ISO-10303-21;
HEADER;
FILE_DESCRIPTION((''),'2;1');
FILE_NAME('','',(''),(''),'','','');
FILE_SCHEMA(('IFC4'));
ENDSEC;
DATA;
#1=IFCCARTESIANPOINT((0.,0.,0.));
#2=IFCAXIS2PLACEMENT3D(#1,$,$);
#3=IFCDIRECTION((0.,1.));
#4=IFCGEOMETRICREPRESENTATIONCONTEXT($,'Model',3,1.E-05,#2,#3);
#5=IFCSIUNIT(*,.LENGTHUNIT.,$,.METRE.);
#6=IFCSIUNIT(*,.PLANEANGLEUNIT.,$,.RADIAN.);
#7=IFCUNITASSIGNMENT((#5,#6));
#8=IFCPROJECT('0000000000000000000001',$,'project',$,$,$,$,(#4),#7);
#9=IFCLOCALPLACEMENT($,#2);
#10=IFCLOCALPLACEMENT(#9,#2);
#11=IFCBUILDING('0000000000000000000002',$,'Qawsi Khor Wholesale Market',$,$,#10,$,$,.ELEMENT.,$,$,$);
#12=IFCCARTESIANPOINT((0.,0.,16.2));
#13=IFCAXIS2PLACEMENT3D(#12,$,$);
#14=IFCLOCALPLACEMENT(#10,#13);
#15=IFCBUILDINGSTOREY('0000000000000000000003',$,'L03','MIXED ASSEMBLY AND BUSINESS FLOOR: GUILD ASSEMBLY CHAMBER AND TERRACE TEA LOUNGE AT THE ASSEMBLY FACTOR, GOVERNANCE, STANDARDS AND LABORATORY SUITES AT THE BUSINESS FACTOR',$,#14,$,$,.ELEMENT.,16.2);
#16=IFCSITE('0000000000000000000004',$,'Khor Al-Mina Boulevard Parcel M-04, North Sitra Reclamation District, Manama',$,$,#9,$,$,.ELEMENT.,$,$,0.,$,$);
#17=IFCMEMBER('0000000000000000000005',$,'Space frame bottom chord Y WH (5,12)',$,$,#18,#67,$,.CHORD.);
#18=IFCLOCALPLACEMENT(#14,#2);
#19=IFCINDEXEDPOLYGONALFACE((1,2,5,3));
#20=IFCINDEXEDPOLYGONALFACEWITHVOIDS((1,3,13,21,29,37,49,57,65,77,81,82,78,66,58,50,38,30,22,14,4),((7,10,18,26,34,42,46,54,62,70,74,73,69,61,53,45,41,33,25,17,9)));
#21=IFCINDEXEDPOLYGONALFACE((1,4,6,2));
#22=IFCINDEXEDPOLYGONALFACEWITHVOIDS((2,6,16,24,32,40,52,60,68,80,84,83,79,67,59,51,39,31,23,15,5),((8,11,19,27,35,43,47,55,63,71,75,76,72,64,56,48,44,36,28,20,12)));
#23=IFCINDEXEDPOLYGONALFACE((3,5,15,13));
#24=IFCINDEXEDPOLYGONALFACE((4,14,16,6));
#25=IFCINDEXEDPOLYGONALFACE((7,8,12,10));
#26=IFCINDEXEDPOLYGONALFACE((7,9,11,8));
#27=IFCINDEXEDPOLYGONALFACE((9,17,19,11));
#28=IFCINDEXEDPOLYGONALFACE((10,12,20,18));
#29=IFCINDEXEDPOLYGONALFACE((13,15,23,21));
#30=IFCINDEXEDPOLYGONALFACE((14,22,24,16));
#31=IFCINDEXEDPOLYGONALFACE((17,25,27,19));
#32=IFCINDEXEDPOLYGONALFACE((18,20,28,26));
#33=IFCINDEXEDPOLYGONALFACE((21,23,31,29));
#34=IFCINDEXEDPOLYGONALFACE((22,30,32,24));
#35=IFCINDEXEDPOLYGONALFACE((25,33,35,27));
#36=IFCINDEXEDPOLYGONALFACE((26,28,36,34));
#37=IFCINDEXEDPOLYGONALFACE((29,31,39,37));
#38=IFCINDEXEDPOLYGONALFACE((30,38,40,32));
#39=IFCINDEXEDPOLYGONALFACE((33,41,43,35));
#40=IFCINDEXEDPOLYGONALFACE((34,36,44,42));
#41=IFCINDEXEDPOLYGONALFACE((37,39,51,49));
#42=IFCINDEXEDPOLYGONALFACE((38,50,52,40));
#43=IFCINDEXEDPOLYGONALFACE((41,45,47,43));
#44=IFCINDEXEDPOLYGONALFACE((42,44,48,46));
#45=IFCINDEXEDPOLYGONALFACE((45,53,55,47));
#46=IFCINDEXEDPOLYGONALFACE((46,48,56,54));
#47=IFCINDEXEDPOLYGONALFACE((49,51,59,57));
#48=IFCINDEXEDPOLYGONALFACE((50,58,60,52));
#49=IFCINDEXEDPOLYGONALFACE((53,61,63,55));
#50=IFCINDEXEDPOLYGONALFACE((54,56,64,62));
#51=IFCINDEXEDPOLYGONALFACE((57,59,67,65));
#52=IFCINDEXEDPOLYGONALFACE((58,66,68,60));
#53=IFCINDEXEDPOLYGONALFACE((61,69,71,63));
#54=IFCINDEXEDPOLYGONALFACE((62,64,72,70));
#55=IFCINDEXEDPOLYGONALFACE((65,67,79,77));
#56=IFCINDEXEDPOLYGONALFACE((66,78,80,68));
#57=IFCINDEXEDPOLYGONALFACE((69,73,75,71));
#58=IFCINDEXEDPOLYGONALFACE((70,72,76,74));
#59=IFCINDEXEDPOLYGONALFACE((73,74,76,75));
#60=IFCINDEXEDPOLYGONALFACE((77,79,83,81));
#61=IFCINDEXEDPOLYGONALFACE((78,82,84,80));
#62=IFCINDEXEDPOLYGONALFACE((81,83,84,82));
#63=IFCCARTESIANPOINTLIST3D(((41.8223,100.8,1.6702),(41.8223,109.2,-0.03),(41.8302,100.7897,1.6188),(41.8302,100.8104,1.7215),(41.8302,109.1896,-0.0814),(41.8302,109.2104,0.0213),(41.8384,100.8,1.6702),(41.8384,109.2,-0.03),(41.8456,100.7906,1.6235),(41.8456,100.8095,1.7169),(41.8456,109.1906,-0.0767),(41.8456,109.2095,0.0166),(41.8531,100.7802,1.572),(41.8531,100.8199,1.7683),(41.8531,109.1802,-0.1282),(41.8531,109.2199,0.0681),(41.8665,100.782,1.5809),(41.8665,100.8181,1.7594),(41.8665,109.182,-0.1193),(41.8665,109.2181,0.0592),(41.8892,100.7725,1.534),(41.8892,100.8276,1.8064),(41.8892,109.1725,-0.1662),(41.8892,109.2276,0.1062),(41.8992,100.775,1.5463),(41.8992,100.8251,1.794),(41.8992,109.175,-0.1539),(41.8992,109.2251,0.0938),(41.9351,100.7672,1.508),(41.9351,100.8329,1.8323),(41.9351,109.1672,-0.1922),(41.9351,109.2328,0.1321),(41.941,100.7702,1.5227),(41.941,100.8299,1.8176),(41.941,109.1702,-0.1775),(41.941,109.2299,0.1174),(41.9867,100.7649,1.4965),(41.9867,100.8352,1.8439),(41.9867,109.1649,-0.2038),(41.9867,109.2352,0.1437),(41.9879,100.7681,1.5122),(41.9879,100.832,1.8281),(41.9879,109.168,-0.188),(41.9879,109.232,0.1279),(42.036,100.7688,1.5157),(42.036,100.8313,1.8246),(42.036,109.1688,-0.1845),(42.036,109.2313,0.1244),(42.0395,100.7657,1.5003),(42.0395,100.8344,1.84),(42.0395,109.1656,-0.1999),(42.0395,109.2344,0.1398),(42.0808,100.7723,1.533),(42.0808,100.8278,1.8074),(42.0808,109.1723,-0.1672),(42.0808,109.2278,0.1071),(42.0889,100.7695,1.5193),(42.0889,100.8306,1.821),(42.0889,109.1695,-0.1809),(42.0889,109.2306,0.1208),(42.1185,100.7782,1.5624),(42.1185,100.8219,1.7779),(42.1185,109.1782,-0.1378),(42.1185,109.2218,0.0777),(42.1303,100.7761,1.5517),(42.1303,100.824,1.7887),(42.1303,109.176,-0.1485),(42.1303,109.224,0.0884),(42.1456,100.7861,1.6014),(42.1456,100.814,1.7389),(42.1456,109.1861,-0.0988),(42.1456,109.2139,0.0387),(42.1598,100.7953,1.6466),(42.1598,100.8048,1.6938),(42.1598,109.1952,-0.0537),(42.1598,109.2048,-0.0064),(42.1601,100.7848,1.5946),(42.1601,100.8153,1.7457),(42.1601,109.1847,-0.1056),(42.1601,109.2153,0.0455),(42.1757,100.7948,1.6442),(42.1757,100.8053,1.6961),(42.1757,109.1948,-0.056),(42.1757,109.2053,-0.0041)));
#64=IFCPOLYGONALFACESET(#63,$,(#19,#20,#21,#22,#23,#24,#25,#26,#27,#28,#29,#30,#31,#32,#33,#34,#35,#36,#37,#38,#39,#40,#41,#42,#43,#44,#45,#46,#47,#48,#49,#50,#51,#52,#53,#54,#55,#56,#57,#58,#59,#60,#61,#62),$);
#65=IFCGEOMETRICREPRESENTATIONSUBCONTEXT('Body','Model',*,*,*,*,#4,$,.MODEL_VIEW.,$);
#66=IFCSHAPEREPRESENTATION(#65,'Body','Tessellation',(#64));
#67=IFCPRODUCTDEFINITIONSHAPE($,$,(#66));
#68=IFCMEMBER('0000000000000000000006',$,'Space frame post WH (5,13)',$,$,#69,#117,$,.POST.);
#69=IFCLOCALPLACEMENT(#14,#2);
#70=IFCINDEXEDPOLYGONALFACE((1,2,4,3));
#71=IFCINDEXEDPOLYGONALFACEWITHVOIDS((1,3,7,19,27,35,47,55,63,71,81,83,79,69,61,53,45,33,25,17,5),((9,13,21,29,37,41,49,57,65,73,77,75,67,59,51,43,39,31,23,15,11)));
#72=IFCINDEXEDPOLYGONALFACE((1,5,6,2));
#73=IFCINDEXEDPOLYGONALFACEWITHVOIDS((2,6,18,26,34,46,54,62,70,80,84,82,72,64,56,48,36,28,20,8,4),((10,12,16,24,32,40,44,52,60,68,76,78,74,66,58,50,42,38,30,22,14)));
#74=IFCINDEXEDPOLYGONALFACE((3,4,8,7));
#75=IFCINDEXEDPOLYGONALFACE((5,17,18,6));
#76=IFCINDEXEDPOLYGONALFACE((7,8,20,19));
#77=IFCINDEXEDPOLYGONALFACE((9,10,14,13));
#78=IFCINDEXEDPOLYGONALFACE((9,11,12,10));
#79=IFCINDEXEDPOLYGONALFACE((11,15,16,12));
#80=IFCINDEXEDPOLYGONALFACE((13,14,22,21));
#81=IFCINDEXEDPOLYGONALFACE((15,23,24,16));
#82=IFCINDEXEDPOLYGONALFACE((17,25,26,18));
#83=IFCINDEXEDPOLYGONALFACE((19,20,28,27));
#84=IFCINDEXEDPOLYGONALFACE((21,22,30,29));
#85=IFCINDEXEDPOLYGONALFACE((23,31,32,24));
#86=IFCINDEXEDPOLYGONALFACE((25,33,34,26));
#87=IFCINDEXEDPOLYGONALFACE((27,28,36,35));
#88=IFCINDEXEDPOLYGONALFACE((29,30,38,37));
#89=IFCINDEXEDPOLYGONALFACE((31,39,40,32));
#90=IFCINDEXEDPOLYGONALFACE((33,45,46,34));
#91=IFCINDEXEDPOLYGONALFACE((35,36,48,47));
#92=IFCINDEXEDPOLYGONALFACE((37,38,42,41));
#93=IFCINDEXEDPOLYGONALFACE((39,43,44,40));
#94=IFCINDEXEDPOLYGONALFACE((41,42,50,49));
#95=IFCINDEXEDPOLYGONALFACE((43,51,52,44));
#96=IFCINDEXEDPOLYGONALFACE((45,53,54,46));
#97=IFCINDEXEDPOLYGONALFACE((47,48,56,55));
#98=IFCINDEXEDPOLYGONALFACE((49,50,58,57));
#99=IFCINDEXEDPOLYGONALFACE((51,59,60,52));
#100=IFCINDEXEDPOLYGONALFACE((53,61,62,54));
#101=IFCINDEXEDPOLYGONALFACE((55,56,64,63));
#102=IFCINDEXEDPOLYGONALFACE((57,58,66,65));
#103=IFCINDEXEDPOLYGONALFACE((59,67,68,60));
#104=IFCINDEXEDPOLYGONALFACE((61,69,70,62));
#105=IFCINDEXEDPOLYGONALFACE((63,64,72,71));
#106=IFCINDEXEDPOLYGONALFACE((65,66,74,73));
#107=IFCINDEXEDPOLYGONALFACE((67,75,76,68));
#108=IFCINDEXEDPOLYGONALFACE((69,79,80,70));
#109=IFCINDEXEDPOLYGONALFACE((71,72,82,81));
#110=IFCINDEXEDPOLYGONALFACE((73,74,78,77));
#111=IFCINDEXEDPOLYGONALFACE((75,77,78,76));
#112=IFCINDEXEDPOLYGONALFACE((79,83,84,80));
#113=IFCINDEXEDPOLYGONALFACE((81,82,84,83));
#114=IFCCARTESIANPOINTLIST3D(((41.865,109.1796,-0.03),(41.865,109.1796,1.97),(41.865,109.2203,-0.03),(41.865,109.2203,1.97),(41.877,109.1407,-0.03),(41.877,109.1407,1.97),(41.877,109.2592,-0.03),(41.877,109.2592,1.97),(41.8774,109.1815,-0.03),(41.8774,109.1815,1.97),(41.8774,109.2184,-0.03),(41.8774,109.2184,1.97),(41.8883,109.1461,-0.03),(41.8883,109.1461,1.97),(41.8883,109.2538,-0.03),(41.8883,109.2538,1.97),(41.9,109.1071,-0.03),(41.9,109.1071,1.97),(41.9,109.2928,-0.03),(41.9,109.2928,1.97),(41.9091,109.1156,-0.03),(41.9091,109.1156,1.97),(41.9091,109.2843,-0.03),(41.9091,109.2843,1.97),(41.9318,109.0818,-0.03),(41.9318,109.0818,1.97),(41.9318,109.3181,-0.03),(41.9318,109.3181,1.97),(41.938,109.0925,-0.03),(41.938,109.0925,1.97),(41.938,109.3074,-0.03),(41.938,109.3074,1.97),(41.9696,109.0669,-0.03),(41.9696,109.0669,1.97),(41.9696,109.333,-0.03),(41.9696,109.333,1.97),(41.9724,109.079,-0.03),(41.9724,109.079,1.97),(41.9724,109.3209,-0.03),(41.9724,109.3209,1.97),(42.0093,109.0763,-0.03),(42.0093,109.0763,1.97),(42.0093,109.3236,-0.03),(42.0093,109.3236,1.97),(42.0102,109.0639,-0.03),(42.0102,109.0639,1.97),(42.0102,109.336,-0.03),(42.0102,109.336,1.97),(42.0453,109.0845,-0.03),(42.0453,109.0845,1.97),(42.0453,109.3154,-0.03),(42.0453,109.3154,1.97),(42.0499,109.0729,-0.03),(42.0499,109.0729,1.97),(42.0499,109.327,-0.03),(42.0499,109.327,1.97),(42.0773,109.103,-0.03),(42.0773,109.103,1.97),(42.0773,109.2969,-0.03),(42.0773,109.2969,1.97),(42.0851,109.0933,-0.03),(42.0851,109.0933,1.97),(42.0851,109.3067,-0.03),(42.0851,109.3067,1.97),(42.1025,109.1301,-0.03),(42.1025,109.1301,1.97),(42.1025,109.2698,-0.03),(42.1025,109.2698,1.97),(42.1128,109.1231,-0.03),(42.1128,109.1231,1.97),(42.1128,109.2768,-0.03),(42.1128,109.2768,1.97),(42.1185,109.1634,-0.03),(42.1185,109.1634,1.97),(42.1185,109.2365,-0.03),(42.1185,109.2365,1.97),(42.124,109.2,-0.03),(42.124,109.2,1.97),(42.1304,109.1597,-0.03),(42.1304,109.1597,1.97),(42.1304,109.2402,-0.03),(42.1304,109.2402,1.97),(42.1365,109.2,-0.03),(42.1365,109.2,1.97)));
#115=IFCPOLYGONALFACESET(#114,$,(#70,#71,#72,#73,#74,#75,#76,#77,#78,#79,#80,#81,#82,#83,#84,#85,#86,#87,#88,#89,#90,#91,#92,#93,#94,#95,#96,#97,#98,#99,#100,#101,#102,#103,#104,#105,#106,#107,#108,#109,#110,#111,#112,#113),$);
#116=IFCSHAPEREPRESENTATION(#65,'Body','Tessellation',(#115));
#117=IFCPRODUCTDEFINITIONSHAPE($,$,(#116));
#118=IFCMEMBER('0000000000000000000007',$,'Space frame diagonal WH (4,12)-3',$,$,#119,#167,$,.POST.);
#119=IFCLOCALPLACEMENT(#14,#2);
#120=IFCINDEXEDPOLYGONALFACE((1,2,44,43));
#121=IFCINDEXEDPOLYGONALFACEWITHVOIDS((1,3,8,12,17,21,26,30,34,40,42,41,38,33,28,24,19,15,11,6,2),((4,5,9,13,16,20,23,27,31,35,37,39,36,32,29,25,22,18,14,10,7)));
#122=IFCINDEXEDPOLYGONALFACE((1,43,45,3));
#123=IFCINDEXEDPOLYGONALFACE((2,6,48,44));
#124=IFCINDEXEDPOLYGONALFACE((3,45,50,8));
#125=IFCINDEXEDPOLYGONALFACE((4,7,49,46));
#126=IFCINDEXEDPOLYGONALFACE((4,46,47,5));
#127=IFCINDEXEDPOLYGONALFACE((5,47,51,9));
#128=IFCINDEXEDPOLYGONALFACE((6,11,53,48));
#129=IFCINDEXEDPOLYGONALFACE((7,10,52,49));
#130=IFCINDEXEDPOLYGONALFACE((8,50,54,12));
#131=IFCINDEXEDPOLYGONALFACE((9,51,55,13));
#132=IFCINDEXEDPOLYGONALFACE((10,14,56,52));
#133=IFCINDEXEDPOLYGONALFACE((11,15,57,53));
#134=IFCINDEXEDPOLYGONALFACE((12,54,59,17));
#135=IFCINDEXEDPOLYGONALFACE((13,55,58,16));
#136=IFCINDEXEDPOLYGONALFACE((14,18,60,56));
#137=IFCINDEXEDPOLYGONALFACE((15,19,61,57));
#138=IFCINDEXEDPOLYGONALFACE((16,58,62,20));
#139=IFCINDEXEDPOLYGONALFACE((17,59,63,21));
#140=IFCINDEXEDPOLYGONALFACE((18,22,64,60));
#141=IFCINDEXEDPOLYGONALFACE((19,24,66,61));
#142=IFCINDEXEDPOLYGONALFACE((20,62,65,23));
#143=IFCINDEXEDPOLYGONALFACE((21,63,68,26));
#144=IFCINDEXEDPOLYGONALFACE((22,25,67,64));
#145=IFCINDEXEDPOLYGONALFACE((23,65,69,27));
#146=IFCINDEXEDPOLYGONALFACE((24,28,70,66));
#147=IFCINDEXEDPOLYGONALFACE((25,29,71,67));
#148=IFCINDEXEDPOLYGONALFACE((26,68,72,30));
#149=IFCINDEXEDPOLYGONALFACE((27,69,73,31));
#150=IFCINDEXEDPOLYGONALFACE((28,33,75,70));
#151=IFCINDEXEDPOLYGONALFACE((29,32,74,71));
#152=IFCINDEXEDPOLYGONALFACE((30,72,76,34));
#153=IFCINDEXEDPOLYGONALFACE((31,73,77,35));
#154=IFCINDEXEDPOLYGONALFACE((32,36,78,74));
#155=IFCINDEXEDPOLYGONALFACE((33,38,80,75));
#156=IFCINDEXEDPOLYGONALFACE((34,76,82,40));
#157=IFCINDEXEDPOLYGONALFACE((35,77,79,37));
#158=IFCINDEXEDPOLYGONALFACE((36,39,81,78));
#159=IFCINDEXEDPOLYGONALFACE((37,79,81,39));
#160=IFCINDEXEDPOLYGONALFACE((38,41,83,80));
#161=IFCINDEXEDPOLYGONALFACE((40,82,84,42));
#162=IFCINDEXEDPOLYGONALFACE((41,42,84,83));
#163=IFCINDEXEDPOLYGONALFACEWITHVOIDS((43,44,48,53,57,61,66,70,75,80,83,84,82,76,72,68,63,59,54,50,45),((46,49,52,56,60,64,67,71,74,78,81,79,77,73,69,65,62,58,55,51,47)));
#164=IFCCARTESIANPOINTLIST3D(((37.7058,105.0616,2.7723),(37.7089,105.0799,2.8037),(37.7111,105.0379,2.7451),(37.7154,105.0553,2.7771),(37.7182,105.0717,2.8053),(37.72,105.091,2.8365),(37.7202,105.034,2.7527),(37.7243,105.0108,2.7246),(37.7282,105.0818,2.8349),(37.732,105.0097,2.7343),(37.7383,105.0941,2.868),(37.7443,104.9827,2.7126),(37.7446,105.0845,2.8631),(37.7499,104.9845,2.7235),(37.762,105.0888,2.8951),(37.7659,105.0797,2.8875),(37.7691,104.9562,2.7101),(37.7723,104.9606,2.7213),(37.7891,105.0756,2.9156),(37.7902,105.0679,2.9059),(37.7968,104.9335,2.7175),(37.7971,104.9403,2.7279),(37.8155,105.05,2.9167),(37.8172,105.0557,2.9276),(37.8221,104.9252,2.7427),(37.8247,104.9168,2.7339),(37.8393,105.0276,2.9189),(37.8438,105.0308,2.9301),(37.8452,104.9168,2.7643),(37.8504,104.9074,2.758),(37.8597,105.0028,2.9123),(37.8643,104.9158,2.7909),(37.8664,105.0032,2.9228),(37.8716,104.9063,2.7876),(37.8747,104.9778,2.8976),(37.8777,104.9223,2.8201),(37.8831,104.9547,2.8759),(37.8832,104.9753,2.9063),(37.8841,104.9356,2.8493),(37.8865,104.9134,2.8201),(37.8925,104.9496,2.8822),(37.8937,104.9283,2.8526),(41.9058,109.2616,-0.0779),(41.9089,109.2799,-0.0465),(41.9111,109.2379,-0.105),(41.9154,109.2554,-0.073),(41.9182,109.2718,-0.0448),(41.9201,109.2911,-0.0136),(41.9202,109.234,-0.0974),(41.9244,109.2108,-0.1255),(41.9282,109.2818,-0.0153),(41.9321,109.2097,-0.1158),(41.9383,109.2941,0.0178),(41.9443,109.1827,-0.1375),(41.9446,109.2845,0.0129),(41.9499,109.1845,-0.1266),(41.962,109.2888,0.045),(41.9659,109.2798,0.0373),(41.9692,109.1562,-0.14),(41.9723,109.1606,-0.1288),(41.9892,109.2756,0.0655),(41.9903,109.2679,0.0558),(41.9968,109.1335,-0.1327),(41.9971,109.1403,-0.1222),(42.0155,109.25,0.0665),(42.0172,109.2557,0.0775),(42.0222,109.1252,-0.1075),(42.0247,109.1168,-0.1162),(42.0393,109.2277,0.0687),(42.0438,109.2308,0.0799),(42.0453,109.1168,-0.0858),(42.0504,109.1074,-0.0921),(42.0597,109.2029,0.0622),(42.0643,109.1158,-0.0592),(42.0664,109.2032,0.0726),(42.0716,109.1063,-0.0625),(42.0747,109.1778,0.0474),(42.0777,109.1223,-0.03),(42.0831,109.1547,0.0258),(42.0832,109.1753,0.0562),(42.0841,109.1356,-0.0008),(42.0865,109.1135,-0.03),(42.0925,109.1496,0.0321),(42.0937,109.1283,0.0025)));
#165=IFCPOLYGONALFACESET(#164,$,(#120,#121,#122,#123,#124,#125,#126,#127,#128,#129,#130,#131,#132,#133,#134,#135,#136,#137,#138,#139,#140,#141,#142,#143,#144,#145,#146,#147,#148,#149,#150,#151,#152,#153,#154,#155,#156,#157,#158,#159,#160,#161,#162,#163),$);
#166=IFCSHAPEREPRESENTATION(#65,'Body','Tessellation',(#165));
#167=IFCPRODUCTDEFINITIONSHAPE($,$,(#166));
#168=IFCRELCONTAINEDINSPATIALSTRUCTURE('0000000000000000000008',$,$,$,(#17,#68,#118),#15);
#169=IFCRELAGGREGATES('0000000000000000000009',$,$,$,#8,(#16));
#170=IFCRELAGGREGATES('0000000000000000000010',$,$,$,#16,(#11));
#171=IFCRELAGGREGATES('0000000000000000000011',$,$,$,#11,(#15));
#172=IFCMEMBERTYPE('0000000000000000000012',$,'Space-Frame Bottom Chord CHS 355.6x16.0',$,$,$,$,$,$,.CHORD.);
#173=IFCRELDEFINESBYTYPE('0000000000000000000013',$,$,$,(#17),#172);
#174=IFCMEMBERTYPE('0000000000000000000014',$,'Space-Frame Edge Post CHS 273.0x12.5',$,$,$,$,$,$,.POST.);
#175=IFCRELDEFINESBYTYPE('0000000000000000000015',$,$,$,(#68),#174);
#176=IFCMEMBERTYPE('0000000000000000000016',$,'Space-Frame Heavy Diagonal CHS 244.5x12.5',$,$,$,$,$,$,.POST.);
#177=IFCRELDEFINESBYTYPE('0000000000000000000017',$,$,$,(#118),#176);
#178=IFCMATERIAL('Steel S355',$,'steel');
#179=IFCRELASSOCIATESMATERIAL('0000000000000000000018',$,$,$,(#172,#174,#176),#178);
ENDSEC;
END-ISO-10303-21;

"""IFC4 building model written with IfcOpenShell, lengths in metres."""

from ifc_helpers import new_model, si_unit, direction, frame, origin, origin_2d, place, context, subcontext, project, spatial, hollow_circle, extrude, material, material_profile, profile_set, type_object, element, save


model = new_model("IFC4")

# Units and contexts
model_context = context("Model", 3, precision=1e-05, world=origin(), true_north=direction((0.0, 1.0)))
body_context = subcontext(model_context, "Body", "Model", "MODEL_VIEW")
ifc_project = project(units=[si_unit("LENGTHUNIT", "METRE"), si_unit("PLANEANGLEUNIT", "RADIAN")], contexts=[model_context])

# Site, building, storey
site_placement = place(None, origin())
site = spatial("IfcSite", under=ifc_project, at=site_placement, Name="Khor Al-Mina Boulevard Parcel M-04, North Sitra Reclamation District, Manama", CompositionType="ELEMENT", RefElevation=0.0)
building_placement = place(site_placement, origin())
building = spatial("IfcBuilding", under=site, at=building_placement, Name="Qawsi Khor Wholesale Market", CompositionType="ELEMENT")
storey_placement = place(building_placement, frame((0.0, 0.0, 16.2)))
storey = spatial("IfcBuildingStorey", under=building, at=storey_placement, Name="L03", Description="MIXED ASSEMBLY AND BUSINESS FLOOR: GUILD ASSEMBLY CHAMBER AND TERRACE TEA LOUNGE AT THE ASSEMBLY FACTOR, GOVERNANCE, STANDARDS AND LABORATORY SUITES AT THE BUSINESS FACTOR", CompositionType="ELEMENT", Elevation=16.2)

# Members
ifc_material_1 = material(Name="Steel S355", Category="steel")
ifc_material_profile_1 = material_profile(ifc_material_1, hollow_circle(Radius=0.1777, WallThickness=0.0161, at=origin_2d()), Name="CHS 355.6x16.0")
ifc_profile_set_1 = profile_set([ifc_material_profile_1], Name="Steel S355")
member_type_1 = type_object("IfcMemberType", Name="Space-Frame Bottom Chord CHS 355.6x16.0", PredefinedType="CHORD", material=ifc_profile_set_1)
member_1_placement = place(storey_placement, frame((42.0, 100.8, 1.6702), z_axis=(0.0, 0.980124, -0.198384), x_axis=(-1.0, 0.0, 0.0)))
element("IfcMember", 1, at=member_1_placement, inside=storey, type_object=member_type_1, Name="Space frame bottom chord Y WH (5,12)", PredefinedType="CHORD", context=body_context, shape_type="SweptSolid", body=[
    extrude(hollow_circle(Radius=0.1777, WallThickness=0.0161, at=origin_2d()), origin(), (0.0, 0.0, 1.0), 8.5703),
])
ifc_material_profile_2 = material_profile(ifc_material_1, hollow_circle(Radius=0.1365, WallThickness=0.0125, at=origin_2d()), Name="CHS 273.0x12.5")
ifc_profile_set_2 = profile_set([ifc_material_profile_2], Name="Steel S355")
member_type_2 = type_object("IfcMemberType", Name="Space-Frame Edge Post CHS 273.0x12.5", PredefinedType="POST", material=ifc_profile_set_2)
member_2_placement = place(storey_placement, frame((42.0, 109.2, -0.03), z_axis=(0.0, 0.0, 1.0), x_axis=(1.0, 0.0, 0.0)))
element("IfcMember", 2, at=member_2_placement, inside=storey, type_object=member_type_2, Name="Space frame post WH (5,13)", PredefinedType="POST", context=body_context, shape_type="SweptSolid", body=[
    extrude(hollow_circle(Radius=0.1365, WallThickness=0.0125, at=origin_2d()), origin(), (0.0, 0.0, 1.0), 2.0),
])
ifc_material_profile_3 = material_profile(ifc_material_1, hollow_circle(Radius=0.1223, WallThickness=0.0125, at=origin_2d()), Name="CHS 244.5x12.5")
ifc_profile_set_3 = profile_set([ifc_material_profile_3], Name="Steel S355")
member_type_3 = type_object("IfcMemberType", Name="Space-Frame Heavy Diagonal CHS 244.5x12.5", PredefinedType="POST", material=ifc_profile_set_3)
member_3_placement = place(storey_placement, frame((42.0, 109.2, -0.03), z_axis=(-0.637512, -0.637512, 0.432617), x_axis=(0.707107, -0.707107, 0.0)))
element("IfcMember", 3, at=member_3_placement, inside=storey, type_object=member_type_3, Name="Space frame diagonal WH (4,12)-3", PredefinedType="POST", context=body_context, shape_type="SweptSolid", body=[
    extrude(hollow_circle(Radius=0.1223, WallThickness=0.0125, at=origin_2d()), origin(), (0.0, 0.0, 1.0), 6.5881),
])

save(model, "model.ifc")
